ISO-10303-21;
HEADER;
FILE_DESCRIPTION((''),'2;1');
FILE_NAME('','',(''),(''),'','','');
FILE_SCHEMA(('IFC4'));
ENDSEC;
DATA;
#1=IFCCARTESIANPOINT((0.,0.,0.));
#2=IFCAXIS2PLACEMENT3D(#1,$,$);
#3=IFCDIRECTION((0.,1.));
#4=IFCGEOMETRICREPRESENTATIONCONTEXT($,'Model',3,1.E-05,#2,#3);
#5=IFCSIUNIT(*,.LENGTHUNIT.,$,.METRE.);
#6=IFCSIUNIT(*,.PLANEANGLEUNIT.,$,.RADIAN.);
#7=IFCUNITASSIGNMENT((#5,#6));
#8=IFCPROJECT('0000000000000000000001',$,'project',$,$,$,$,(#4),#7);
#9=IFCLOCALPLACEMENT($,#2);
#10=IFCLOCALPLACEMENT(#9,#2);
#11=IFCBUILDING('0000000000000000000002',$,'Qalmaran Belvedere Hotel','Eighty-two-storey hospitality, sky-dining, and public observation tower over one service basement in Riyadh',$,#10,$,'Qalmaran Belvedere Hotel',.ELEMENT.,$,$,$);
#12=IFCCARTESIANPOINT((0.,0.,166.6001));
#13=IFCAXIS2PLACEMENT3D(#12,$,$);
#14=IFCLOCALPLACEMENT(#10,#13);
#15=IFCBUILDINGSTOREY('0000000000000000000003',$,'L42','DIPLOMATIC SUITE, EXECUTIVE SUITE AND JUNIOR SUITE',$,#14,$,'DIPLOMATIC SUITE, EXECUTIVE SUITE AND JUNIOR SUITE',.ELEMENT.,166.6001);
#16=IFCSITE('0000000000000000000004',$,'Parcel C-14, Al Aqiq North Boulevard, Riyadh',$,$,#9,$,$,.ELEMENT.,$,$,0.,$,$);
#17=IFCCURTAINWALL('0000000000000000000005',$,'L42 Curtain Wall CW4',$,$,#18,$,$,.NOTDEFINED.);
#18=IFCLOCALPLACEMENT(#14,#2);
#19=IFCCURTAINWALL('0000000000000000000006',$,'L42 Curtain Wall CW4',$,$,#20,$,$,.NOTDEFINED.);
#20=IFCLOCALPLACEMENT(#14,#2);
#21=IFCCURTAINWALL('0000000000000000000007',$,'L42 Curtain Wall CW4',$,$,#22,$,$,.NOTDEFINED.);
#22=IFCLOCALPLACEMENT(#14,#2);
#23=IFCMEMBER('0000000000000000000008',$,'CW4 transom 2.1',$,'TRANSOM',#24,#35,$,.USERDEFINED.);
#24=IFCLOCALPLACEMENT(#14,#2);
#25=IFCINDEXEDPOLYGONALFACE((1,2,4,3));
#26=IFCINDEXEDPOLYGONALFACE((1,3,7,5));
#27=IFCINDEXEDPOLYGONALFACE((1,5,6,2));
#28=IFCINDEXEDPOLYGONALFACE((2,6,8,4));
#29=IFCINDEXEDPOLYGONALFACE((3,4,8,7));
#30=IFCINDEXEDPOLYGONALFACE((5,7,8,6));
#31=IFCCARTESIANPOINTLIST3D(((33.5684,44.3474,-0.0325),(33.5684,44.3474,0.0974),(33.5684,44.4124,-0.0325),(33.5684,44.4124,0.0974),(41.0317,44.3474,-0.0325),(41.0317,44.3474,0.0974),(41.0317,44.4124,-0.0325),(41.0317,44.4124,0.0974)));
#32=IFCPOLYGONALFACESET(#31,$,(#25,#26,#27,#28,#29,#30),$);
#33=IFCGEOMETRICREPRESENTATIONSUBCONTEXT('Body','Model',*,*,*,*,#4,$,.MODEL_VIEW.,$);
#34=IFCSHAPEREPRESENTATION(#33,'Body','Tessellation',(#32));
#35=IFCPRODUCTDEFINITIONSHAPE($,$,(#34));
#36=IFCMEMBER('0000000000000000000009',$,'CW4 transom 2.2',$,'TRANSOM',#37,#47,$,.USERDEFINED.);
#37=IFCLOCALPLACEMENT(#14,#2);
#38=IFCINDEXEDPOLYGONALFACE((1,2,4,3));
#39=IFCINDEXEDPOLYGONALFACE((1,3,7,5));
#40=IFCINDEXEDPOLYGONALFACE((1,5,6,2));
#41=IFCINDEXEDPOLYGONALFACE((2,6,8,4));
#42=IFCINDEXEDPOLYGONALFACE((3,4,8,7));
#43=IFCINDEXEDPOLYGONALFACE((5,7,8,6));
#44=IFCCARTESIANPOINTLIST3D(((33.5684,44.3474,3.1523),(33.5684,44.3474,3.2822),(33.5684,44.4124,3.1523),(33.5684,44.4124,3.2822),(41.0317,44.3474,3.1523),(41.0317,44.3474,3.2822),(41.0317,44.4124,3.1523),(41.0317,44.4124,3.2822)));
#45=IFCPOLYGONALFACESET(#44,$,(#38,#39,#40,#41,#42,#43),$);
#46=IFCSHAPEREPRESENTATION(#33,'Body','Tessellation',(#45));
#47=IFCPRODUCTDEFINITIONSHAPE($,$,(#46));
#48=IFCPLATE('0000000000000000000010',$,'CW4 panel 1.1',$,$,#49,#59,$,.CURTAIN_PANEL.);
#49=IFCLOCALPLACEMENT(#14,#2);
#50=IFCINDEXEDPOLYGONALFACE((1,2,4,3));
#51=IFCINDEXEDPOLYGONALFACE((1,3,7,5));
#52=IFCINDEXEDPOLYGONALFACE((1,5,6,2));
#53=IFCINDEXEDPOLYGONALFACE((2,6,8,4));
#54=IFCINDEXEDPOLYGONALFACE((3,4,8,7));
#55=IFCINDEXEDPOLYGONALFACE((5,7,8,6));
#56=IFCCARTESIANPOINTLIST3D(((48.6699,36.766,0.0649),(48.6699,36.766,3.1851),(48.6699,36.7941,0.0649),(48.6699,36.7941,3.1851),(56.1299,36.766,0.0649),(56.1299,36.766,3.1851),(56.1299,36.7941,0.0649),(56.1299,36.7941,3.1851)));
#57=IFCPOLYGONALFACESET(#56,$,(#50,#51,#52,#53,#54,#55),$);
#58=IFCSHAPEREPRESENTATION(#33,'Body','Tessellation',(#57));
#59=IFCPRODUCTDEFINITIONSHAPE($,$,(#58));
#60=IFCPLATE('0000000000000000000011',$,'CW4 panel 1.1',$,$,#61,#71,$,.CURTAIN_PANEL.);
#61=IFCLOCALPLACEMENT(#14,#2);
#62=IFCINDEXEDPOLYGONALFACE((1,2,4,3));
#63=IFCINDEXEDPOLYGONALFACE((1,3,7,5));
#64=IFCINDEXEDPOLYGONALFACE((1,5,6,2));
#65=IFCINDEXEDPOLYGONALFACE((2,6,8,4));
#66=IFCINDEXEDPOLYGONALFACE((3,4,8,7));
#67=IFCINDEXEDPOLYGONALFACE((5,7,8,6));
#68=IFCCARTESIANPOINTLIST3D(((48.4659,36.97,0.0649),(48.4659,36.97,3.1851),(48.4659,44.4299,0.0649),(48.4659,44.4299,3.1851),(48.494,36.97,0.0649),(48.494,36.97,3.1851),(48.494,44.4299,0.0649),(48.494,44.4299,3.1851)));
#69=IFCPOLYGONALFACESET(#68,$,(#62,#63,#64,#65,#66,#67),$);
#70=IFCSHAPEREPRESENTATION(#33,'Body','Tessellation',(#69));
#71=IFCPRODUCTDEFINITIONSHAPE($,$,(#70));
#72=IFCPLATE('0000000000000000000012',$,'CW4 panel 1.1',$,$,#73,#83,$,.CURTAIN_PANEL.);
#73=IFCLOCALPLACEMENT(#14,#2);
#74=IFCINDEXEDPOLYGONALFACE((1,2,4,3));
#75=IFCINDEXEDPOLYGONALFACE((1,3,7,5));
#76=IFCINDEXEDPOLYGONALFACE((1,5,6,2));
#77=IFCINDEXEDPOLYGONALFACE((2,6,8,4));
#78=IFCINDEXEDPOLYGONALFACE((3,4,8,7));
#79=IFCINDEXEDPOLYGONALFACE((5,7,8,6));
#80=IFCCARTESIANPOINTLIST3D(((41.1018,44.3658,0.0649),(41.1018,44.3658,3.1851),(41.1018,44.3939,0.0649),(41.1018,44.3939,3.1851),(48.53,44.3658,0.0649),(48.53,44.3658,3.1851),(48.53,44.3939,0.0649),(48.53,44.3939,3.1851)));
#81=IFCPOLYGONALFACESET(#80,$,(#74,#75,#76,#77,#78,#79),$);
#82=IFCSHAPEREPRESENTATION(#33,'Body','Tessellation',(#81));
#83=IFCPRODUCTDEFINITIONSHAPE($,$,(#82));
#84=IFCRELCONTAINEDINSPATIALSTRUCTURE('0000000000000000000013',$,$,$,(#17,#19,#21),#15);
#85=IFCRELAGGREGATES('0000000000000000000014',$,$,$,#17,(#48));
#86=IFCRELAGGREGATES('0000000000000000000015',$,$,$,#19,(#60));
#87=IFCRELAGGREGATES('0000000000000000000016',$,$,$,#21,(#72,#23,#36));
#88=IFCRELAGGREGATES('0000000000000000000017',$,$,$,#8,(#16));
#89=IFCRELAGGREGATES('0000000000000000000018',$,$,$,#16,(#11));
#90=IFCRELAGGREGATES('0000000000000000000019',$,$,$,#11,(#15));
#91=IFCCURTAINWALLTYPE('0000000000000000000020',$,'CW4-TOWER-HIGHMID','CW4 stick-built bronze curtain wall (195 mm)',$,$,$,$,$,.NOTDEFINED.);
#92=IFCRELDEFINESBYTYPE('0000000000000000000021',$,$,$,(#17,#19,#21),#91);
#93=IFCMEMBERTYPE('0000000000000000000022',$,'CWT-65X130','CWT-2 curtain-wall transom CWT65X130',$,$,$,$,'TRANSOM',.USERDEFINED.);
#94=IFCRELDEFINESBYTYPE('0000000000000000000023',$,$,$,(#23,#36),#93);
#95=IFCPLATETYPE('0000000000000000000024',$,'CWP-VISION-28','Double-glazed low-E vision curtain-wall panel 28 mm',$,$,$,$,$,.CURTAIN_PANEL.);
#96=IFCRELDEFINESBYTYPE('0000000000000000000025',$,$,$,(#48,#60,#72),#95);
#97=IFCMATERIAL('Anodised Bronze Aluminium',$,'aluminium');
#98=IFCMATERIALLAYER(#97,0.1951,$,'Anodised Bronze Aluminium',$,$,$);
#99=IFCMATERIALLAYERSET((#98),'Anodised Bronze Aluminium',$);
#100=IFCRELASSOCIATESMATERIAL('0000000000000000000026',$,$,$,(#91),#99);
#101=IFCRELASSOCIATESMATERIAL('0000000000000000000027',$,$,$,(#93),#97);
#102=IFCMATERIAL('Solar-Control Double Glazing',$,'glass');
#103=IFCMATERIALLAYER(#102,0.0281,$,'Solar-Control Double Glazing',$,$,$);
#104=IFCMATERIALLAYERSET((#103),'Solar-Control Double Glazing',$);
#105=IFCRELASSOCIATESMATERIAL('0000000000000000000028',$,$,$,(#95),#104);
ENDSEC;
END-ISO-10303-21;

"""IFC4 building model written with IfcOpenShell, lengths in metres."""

from ifc_helpers import new_model, si_unit, direction, frame, origin, origin_2d, place, context, subcontext, project, spatial, rectangle, extrude, material, layer, layer_set, material_profile, profile_set, type_object, element, aggregate, save


model = new_model("IFC4")

# Units and contexts
model_context = context("Model", 3, precision=1e-05, world=origin(), true_north=direction((0.0, 1.0)))
body_context = subcontext(model_context, "Body", "Model", "MODEL_VIEW")
ifc_project = project(units=[si_unit("LENGTHUNIT", "METRE"), si_unit("PLANEANGLEUNIT", "RADIAN")], contexts=[model_context])

# Site, building, storey
site_placement = place(None, origin())
site = spatial("IfcSite", under=ifc_project, at=site_placement, Name="Parcel C-14, Al Aqiq North Boulevard, Riyadh", CompositionType="ELEMENT", RefElevation=0.0)
building_placement = place(site_placement, origin())
building = spatial("IfcBuilding", under=site, at=building_placement, Name="Qalmaran Belvedere Hotel", Description="Eighty-two-storey hospitality, sky-dining, and public observation tower over one service basement in Riyadh", LongName="Qalmaran Belvedere Hotel", CompositionType="ELEMENT")
storey_placement = place(building_placement, frame((0.0, 0.0, 166.6001)))
storey = spatial("IfcBuildingStorey", under=building, at=storey_placement, Name="L42", Description="DIPLOMATIC SUITE, EXECUTIVE SUITE AND JUNIOR SUITE", LongName="DIPLOMATIC SUITE, EXECUTIVE SUITE AND JUNIOR SUITE", CompositionType="ELEMENT", Elevation=166.6001)

# Shared definitions
ifc_material_1 = material(Name="Anodised Bronze Aluminium", Category="aluminium")
ifc_layer_1 = layer(ifc_material_1, 0.1951, Name="Anodised Bronze Aluminium")
ifc_layer_set_1 = layer_set([ifc_layer_1], Name="Anodised Bronze Aluminium")
curtain_wall_type = type_object("IfcCurtainWallType", Name="CW4-TOWER-HIGHMID", Description="CW4 stick-built bronze curtain wall (195 mm)", PredefinedType="NOTDEFINED", material=ifc_layer_set_1)

# Curtain walls
curtain_wall_1_placement = place(storey_placement, origin())
curtain_wall_1 = element("IfcCurtainWall", 1, at=curtain_wall_1_placement, inside=storey, type_object=curtain_wall_type, Name="L42 Curtain Wall CW4", PredefinedType="NOTDEFINED")
curtain_wall_2_placement = place(storey_placement, origin())
curtain_wall_2 = element("IfcCurtainWall", 2, at=curtain_wall_2_placement, inside=storey, type_object=curtain_wall_type, Name="L42 Curtain Wall CW4", PredefinedType="NOTDEFINED")
curtain_wall_3_placement = place(storey_placement, origin())
curtain_wall_3 = element("IfcCurtainWall", 3, at=curtain_wall_3_placement, inside=storey, type_object=curtain_wall_type, Name="L42 Curtain Wall CW4", PredefinedType="NOTDEFINED")

# Members
ifc_material_profile_1 = material_profile(ifc_material_1, rectangle(XDim=0.0649, YDim=0.1299, at=origin_2d()), Name="CWT65X130")
ifc_profile_set_1 = profile_set([ifc_material_profile_1], Name="Anodised Bronze Aluminium")
member_type_1 = type_object("IfcMemberType", Name="CWT-65X130", Description="CWT-2 curtain-wall transom CWT65X130", ElementType="TRANSOM", PredefinedType="USERDEFINED", material=ifc_profile_set_1)
member_1_placement = place(storey_placement, frame((41.0317, 44.3799, 0.0325), z_axis=(-1.0, 0.0, 0.0), x_axis=(0.0, -1.0, 0.0)))
member_1 = element("IfcMember", 4, at=member_1_placement, type_object=member_type_1, Name="CW4 transom 2.1", ObjectType="TRANSOM", PredefinedType="USERDEFINED", context=body_context, shape_type="SweptSolid", body=[
    extrude(rectangle(XDim=0.0649, YDim=0.1299, at=origin_2d()), origin(), (0.0, 0.0, 1.0), 7.4634),
])
member_2_placement = place(storey_placement, frame((41.0317, 44.3799, 3.2173), z_axis=(-1.0, 0.0, 0.0), x_axis=(0.0, -1.0, 0.0)))
member_2 = element("IfcMember", 5, at=member_2_placement, type_object=member_type_1, Name="CW4 transom 2.2", ObjectType="TRANSOM", PredefinedType="USERDEFINED", context=body_context, shape_type="SweptSolid", body=[
    extrude(rectangle(XDim=0.0649, YDim=0.1299, at=origin_2d()), origin(), (0.0, 0.0, 1.0), 7.4634),
])

# Plates
ifc_material_2 = material(Name="Solar-Control Double Glazing", Category="glass")
ifc_layer_2 = layer(ifc_material_2, 0.0281, Name="Solar-Control Double Glazing")
ifc_layer_set_2 = layer_set([ifc_layer_2], Name="Solar-Control Double Glazing")
plate_type = type_object("IfcPlateType", Name="CWP-VISION-28", Description="Double-glazed low-E vision curtain-wall panel 28 mm", PredefinedType="CURTAIN_PANEL", material=ifc_layer_set_2)
plate_1_placement = place(storey_placement, frame((52.3999, 36.78, 0.0649), z_axis=(0.0, 0.0, 1.0), x_axis=(-1.0, 0.0, 0.0)))
plate_1 = element("IfcPlate", 6, at=plate_1_placement, type_object=plate_type, Name="CW4 panel 1.1", PredefinedType="CURTAIN_PANEL", context=body_context, shape_type="SweptSolid", body=[
    extrude(rectangle(XDim=7.46, YDim=0.0281, at=origin_2d()), origin(), (0.0, 0.0, 1.0), 3.1201),
])
aggregate(curtain_wall_1, [plate_1])
plate_2_placement = place(storey_placement, frame((48.48, 40.7, 0.0649), z_axis=(0.0, 0.0, 1.0), x_axis=(0.0, 1.0, 0.0)))
plate_2 = element("IfcPlate", 7, at=plate_2_placement, type_object=plate_type, Name="CW4 panel 1.1", PredefinedType="CURTAIN_PANEL", context=body_context, shape_type="SweptSolid", body=[
    extrude(rectangle(XDim=7.46, YDim=0.0281, at=origin_2d()), origin(), (0.0, 0.0, 1.0), 3.1201),
])
aggregate(curtain_wall_2, [plate_2])
plate_3_placement = place(storey_placement, frame((44.8159, 44.3799, 0.0649), z_axis=(0.0, 0.0, 1.0), x_axis=(-1.0, 0.0, 0.0)))
plate_3 = element("IfcPlate", 8, at=plate_3_placement, type_object=plate_type, Name="CW4 panel 1.1", PredefinedType="CURTAIN_PANEL", context=body_context, shape_type="SweptSolid", body=[
    extrude(rectangle(XDim=7.4282, YDim=0.0281, at=origin_2d()), origin(), (0.0, 0.0, 1.0), 3.1201),
])
aggregate(curtain_wall_3, [plate_3, member_1, member_2])

save(model, "model.ifc")
